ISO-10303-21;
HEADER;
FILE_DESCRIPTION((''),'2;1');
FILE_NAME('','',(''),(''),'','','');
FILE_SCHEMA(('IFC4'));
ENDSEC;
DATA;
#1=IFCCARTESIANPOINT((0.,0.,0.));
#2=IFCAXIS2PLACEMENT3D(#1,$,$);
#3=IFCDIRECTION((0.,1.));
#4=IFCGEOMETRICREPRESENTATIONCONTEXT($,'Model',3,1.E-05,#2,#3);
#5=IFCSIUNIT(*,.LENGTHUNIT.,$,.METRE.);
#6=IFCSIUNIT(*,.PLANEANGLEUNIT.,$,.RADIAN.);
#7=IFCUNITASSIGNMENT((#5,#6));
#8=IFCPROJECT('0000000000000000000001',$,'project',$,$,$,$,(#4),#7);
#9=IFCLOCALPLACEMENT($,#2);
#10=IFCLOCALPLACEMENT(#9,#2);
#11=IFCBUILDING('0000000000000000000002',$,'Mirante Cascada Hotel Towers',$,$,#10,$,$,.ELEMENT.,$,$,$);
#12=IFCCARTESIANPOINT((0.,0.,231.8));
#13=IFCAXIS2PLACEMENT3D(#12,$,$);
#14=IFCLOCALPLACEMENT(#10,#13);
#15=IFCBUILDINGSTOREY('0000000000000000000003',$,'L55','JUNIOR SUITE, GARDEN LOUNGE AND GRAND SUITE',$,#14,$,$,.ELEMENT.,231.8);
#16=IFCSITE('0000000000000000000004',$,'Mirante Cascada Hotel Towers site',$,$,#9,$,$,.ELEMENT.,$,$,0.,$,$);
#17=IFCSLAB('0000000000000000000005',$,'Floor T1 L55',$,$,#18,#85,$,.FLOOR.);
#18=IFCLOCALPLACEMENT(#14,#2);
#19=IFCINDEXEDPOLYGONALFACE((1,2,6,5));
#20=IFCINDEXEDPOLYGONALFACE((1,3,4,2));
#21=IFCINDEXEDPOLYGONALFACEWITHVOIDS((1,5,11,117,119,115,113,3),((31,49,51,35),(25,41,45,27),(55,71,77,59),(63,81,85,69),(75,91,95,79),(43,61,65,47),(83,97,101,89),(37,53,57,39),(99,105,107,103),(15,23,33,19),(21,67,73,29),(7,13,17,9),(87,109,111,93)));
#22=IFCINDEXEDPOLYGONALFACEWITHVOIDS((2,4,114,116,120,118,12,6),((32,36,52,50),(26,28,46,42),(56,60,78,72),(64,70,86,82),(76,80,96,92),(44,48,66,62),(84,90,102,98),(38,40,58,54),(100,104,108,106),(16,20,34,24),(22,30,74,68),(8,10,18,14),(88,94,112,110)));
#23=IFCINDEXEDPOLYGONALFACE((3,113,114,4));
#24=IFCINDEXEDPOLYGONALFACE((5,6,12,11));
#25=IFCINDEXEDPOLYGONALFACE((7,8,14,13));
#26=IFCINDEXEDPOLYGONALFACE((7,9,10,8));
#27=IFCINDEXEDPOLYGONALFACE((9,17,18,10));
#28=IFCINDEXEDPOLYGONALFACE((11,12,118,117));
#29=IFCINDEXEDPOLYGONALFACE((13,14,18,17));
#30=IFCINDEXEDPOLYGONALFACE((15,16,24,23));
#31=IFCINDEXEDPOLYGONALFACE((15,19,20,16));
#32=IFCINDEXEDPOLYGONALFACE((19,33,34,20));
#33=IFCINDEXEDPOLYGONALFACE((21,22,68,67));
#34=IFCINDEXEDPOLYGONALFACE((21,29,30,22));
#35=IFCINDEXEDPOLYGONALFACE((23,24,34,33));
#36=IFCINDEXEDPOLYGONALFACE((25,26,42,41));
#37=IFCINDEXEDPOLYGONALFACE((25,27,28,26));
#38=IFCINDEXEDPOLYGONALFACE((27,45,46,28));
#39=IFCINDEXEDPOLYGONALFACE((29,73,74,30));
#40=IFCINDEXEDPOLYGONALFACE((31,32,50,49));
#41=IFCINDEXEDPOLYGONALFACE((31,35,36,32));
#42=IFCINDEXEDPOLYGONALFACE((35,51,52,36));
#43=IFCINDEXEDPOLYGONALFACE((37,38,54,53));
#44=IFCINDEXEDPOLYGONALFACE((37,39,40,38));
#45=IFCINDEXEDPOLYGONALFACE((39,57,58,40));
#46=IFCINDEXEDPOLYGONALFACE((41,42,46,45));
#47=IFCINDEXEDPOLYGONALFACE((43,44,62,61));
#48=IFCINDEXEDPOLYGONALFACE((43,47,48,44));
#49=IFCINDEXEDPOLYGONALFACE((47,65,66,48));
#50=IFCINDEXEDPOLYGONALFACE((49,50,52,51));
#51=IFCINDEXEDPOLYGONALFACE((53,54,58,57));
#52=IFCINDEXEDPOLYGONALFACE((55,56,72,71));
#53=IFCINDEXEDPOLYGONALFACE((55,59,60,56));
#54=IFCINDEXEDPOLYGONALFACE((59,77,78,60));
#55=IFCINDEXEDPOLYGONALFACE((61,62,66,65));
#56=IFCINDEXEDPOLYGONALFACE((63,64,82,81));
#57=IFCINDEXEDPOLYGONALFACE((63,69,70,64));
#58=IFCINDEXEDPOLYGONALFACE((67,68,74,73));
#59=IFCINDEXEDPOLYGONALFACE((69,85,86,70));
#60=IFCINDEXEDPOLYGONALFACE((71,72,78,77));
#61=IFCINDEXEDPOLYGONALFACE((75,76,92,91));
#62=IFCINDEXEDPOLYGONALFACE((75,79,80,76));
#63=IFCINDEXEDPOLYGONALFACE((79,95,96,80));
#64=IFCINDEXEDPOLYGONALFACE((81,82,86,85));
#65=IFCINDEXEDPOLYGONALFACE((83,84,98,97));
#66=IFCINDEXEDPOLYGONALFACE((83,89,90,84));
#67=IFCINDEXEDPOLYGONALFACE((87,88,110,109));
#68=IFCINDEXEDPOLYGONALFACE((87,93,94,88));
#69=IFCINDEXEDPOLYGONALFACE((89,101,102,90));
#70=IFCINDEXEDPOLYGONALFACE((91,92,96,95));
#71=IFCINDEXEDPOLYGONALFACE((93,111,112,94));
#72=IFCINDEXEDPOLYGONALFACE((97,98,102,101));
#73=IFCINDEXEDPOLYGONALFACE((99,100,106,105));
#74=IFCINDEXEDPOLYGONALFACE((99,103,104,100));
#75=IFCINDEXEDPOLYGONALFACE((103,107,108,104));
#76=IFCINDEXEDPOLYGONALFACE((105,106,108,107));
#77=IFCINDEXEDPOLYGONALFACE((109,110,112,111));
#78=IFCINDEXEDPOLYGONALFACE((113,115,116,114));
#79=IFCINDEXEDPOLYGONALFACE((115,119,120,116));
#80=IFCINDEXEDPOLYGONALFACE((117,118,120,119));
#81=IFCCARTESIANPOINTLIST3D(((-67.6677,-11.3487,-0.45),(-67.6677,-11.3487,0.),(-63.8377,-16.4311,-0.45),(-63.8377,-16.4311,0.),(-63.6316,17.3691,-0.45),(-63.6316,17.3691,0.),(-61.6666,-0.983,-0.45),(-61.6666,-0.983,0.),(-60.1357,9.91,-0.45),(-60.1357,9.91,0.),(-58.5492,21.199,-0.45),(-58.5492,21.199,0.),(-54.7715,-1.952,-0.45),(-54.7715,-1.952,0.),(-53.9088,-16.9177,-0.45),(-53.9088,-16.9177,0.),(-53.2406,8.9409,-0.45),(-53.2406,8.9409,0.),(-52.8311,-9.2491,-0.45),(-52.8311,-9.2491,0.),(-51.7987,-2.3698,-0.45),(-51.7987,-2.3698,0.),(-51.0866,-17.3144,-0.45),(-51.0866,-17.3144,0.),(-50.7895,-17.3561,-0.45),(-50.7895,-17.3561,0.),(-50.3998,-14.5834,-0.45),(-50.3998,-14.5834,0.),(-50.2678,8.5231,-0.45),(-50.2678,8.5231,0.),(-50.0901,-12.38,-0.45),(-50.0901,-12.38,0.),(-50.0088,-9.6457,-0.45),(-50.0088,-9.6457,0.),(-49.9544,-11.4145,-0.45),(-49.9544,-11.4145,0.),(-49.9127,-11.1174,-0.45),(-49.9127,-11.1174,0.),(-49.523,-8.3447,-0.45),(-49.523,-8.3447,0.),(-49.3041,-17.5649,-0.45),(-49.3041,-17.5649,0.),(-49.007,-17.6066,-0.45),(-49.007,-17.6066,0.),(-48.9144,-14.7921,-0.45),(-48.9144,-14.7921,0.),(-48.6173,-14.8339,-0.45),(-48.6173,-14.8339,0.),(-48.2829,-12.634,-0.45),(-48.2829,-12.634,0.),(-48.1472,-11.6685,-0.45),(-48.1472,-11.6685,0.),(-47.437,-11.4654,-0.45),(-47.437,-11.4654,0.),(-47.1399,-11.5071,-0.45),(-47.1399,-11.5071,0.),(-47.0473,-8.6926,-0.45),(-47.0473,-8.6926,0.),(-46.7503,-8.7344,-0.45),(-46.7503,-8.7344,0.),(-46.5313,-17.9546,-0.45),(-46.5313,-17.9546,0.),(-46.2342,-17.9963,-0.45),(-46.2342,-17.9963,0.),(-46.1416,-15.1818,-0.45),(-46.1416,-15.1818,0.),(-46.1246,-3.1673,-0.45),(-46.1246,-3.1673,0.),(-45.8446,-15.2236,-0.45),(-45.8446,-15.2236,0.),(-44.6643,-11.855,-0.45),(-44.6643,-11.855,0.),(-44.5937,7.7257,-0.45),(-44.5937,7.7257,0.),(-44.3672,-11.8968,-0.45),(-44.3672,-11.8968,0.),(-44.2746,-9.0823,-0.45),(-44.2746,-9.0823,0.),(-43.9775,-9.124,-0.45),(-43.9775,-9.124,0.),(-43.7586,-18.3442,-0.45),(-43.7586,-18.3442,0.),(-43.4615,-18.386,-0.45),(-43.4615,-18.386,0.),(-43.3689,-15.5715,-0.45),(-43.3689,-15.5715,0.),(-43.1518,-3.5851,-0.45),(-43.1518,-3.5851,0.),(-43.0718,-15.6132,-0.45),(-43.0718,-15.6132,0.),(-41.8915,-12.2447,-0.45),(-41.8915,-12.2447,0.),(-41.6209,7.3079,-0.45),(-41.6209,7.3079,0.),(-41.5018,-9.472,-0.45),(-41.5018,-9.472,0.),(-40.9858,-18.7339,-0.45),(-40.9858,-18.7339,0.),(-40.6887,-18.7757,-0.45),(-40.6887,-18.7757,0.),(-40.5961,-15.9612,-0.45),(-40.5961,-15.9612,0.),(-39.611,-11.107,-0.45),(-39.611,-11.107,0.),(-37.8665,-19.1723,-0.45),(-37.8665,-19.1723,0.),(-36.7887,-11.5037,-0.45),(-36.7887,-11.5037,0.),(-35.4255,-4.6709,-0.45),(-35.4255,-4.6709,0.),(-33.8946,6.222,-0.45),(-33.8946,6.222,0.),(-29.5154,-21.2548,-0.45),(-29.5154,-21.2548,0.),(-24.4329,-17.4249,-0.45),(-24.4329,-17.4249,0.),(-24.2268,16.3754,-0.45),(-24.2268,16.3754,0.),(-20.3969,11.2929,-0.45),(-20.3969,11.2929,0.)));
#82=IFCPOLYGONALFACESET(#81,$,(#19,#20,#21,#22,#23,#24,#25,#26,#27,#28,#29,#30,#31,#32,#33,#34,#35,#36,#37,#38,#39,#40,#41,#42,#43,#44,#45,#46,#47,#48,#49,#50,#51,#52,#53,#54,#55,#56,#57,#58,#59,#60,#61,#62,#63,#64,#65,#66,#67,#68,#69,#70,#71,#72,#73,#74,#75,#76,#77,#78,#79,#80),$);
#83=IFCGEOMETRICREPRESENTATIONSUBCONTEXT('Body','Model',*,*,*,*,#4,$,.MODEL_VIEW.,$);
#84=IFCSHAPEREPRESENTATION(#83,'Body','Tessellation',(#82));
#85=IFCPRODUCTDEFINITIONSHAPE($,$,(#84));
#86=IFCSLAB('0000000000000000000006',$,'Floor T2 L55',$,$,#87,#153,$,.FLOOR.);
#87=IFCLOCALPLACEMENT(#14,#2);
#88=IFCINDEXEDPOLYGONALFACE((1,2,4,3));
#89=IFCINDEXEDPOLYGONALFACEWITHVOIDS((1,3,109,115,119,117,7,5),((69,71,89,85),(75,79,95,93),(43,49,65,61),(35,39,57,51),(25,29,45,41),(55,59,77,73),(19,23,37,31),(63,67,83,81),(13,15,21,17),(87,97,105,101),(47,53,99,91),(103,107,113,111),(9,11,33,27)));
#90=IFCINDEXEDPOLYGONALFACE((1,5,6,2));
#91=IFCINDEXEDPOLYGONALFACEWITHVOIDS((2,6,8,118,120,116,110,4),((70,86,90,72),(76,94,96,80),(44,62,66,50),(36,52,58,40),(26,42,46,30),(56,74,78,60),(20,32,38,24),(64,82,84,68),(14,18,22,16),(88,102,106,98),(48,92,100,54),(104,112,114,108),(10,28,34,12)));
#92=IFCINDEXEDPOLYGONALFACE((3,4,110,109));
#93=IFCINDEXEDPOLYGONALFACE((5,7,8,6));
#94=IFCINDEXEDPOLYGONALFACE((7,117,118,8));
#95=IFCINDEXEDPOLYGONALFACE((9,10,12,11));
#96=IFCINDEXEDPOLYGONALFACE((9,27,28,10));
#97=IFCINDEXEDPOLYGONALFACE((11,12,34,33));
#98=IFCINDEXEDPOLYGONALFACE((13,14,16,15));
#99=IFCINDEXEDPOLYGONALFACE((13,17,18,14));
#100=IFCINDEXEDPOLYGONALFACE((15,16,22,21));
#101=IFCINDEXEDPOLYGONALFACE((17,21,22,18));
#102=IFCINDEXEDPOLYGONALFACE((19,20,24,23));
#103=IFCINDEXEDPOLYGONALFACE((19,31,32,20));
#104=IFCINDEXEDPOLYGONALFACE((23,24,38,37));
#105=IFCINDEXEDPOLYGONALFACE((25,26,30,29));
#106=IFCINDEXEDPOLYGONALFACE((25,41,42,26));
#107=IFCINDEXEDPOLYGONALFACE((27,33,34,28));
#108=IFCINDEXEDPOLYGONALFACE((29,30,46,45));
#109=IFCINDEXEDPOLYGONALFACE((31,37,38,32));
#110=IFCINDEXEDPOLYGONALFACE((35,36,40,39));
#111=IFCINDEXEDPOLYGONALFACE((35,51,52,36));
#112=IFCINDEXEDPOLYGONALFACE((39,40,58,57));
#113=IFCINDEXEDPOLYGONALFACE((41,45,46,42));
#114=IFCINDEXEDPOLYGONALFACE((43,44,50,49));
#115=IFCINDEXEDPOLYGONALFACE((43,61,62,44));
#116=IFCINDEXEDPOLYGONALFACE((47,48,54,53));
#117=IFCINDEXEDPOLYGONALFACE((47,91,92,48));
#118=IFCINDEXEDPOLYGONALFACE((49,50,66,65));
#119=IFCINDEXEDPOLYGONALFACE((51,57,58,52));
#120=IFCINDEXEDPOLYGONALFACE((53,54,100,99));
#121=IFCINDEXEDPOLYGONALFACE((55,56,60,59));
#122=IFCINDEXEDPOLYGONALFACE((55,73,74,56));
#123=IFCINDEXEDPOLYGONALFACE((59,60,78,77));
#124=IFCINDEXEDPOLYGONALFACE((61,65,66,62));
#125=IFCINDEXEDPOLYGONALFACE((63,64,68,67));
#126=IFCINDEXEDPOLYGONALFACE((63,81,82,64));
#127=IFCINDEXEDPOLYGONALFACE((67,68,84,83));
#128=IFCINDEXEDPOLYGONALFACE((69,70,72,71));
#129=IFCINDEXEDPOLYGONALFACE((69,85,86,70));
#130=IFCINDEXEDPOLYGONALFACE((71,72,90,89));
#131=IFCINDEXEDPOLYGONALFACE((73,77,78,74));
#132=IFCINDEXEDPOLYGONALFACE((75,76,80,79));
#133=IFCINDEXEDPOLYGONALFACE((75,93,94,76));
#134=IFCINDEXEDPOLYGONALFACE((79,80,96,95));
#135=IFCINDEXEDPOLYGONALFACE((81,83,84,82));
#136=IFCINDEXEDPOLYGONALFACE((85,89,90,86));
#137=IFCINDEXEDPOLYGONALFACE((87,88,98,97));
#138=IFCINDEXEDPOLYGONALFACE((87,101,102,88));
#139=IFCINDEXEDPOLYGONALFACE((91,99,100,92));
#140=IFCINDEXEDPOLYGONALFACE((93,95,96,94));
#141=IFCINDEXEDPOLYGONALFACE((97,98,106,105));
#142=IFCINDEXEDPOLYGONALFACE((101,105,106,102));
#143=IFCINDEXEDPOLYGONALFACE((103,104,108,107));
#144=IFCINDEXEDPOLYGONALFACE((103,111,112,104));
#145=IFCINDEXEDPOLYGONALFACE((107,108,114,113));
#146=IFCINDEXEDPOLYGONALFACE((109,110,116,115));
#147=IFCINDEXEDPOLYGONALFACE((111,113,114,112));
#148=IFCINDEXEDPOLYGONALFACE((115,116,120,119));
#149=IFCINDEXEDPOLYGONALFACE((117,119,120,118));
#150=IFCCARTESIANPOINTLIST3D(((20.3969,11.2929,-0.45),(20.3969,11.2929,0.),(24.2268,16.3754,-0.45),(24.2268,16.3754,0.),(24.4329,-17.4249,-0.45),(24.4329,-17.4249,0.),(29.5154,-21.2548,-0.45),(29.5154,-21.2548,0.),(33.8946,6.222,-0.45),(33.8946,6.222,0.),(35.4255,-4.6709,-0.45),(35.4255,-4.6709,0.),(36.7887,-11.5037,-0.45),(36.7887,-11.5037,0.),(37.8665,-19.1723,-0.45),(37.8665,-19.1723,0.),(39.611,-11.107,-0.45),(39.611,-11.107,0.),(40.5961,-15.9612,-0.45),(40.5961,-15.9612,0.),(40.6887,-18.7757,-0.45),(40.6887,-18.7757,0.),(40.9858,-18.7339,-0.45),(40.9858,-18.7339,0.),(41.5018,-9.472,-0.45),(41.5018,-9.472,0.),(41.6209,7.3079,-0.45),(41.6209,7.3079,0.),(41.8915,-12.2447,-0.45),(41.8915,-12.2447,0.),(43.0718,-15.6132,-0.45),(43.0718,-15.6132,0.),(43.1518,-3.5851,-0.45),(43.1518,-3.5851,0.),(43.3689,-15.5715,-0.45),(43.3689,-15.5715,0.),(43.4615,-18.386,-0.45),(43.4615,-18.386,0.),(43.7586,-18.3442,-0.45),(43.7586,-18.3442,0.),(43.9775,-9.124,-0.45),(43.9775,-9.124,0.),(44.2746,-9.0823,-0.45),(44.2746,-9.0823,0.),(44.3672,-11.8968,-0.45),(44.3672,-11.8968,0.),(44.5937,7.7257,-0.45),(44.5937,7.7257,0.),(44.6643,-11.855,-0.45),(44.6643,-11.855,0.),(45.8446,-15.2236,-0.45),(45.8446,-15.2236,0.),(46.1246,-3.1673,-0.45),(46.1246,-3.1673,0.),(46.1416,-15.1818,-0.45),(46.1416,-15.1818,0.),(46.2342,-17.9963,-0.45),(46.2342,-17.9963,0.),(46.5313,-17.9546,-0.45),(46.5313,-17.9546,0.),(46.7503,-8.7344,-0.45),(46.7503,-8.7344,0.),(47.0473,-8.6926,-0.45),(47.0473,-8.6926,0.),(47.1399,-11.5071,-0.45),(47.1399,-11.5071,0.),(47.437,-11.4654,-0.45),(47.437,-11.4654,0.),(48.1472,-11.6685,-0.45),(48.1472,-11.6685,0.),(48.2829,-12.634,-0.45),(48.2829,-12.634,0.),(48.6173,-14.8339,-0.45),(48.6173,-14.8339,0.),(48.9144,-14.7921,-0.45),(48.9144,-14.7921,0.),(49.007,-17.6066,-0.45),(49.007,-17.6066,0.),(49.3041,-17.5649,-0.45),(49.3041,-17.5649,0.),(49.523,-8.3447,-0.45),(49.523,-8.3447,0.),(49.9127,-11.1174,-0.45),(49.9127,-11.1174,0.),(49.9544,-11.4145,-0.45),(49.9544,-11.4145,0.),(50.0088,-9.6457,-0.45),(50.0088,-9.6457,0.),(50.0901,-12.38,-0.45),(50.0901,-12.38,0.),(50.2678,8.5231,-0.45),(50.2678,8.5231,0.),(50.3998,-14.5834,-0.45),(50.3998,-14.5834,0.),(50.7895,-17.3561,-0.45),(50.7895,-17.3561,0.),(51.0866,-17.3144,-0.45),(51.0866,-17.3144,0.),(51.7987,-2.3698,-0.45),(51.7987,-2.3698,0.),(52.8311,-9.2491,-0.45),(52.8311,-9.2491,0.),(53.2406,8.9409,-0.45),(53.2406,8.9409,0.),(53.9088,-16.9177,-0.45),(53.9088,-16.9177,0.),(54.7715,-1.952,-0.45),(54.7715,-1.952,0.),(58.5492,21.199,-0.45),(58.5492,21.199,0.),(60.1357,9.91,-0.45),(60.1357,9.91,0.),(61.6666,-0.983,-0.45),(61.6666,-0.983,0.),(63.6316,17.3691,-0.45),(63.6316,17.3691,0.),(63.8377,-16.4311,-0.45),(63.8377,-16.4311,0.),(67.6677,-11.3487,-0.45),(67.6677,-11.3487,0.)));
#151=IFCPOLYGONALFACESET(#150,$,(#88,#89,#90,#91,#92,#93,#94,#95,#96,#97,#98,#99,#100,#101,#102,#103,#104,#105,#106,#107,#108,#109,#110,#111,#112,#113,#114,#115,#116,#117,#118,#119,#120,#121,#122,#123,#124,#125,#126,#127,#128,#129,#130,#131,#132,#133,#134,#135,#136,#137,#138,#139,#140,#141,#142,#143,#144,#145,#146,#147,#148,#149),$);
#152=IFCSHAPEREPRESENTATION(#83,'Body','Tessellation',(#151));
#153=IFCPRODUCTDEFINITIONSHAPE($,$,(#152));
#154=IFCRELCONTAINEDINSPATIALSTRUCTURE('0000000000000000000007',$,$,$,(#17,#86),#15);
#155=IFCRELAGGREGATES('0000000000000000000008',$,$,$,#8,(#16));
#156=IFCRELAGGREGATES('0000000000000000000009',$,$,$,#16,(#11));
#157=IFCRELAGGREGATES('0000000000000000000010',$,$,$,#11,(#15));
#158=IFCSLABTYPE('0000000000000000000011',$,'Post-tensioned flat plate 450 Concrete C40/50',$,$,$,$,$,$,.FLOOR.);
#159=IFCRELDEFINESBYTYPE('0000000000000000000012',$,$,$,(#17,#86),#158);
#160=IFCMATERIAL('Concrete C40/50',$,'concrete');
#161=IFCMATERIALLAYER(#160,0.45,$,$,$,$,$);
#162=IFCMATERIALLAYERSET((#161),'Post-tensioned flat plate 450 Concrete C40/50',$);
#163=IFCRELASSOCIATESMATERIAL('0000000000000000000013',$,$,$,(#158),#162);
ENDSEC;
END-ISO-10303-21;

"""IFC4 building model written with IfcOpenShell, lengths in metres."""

from ifc_helpers import new_model, si_unit, direction, frame, origin, place, context, subcontext, project, spatial, polyline, outline, extrude, material, layer, layer_set, type_object, element, save


model = new_model("IFC4")

# Units and contexts
model_context = context("Model", 3, precision=1e-05, world=origin(), true_north=direction((0.0, 1.0)))
body_context = subcontext(model_context, "Body", "Model", "MODEL_VIEW")
ifc_project = project(units=[si_unit("LENGTHUNIT", "METRE"), si_unit("PLANEANGLEUNIT", "RADIAN")], contexts=[model_context])

# Site, building, storey
site_placement = place(None, origin())
site = spatial("IfcSite", under=ifc_project, at=site_placement, Name="Mirante Cascada Hotel Towers site", CompositionType="ELEMENT", RefElevation=0.0)
building_placement = place(site_placement, origin())
building = spatial("IfcBuilding", under=site, at=building_placement, Name="Mirante Cascada Hotel Towers", CompositionType="ELEMENT")
storey_placement = place(building_placement, frame((0.0, 0.0, 231.8)))
storey = spatial("IfcBuildingStorey", under=building, at=storey_placement, Name="L55", Description="JUNIOR SUITE, GARDEN LOUNGE AND GRAND SUITE", CompositionType="ELEMENT", Elevation=231.8)

# Slabs
ifc_material_1 = material(Name="Concrete C40/50", Category="concrete")
ifc_layer_1 = layer(ifc_material_1, 0.45)
ifc_layer_set_1 = layer_set([ifc_layer_1], Name="Post-tensioned flat plate 450 Concrete C40/50")
slab_type_1 = type_object("IfcSlabType", Name="Post-tensioned flat plate 450 Concrete C40/50", PredefinedType="FLOOR", material=ifc_layer_set_1)
slab_1_placement = place(storey_placement, frame((0.0, 0.0, -0.45)))
element("IfcSlab", 1, at=slab_1_placement, inside=storey, type_object=slab_type_1, Name="Floor T1 L55", PredefinedType="FLOOR", context=body_context, shape_type="SweptSolid", body=[
    extrude(outline(polyline([(-24.4329, -17.4249), (-20.3969, 11.2929), (-24.2268, 16.3754), (-58.5492, 21.199), (-58.5492, 21.199), (-58.5492, 21.199), (-58.5492, 21.199), (-58.5492, 21.199), (-58.5492, 21.199), (-58.5492, 21.199), (-58.5492, 21.199), (-58.5492, 21.199), (-63.6316, 17.3691), (-67.6677, -11.3487), (-63.8377, -16.4311), (-63.8377, -16.4311), (-63.8377, -16.4311), (-63.8377, -16.4311), (-63.8377, -16.4311), (-63.8377, -16.4311), (-63.8377, -16.4311), (-63.8377, -16.4311), (-63.8377, -16.4311), (-29.5154, -21.2548), (-24.4329, -17.4249)]), holes=[polyline([(-40.5961, -15.9612), (-40.9858, -18.7339), (-43.4615, -18.386), (-43.0718, -15.6132), (-40.5961, -15.9612)]), polyline([(-43.3689, -15.5715), (-43.7586, -18.3442), (-46.2342, -17.9963), (-45.8446, -15.2236), (-43.3689, -15.5715)]), polyline([(-46.1416, -15.1818), (-46.5313, -17.9546), (-49.007, -17.6066), (-48.6173, -14.8339), (-46.1416, -15.1818)]), polyline([(-36.7887, -11.5037), (-37.8665, -19.1723), (-40.6887, -18.7757), (-39.611, -11.107), (-36.7887, -11.5037)]), polyline([(-43.9775, -9.124), (-41.5018, -9.472), (-41.8915, -12.2447), (-44.3672, -11.8968), (-43.9775, -9.124)]), polyline([(-44.2746, -9.0823), (-44.6643, -11.855), (-47.1399, -11.5071), (-46.7503, -8.7344), (-44.2746, -9.0823)]), polyline([(-50.3998, -14.5834), (-48.9144, -14.7921), (-49.3041, -17.5649), (-50.7895, -17.3561), (-50.3998, -14.5834)]), polyline([(-50.0088, -9.6457), (-51.0866, -17.3144), (-53.9088, -16.9177), (-52.8311, -9.2491), (-50.0088, -9.6457)]), polyline([(-48.1472, -11.6685), (-48.2829, -12.634), (-50.0901, -12.38), (-49.9544, -11.4145), (-48.1472, -11.6685)]), polyline([(-49.523, -8.3447), (-47.0473, -8.6926), (-47.437, -11.4654), (-49.9127, -11.1174), (-49.523, -8.3447)]), polyline([(-53.2406, 8.9409), (-54.7715, -1.952), (-54.7715, -1.952), (-61.6666, -0.983), (-60.1357, 9.91), (-53.2406, 8.9409)]), polyline([(-44.5937, 7.7257), (-46.1246, -3.1673), (-51.7987, -2.3698), (-51.7987, -2.3698), (-50.2678, 8.5231), (-44.5937, 7.7257)]), polyline([(-33.8946, 6.222), (-35.4255, -4.6709), (-43.1518, -3.5851), (-41.6209, 7.3079), (-33.8946, 6.222)])]), origin(), (0.0, 0.0, 1.0), 0.45),
])
slab_2_placement = place(storey_placement, frame((0.0, 0.0, -0.45)))
element("IfcSlab", 2, at=slab_2_placement, inside=storey, type_object=slab_type_1, Name="Floor T2 L55", PredefinedType="FLOOR", context=body_context, shape_type="SweptSolid", body=[
    extrude(outline(polyline([(24.4329, -17.4249), (20.3969, 11.2929), (24.2268, 16.3754), (58.5492, 21.199), (58.5492, 21.199), (58.5492, 21.199), (58.5492, 21.199), (58.5492, 21.199), (58.5492, 21.199), (58.5492, 21.199), (58.5492, 21.199), (58.5492, 21.199), (63.6316, 17.3691), (67.6677, -11.3487), (63.8377, -16.4311), (63.8377, -16.4311), (63.8377, -16.4311), (63.8377, -16.4311), (63.8377, -16.4311), (63.8377, -16.4311), (63.8377, -16.4311), (63.8377, -16.4311), (63.8377, -16.4311), (29.5154, -21.2548), (24.4329, -17.4249)]), holes=[polyline([(40.5961, -15.9612), (40.9858, -18.7339), (43.4615, -18.386), (43.0718, -15.6132), (40.5961, -15.9612)]), polyline([(43.3689, -15.5715), (43.7586, -18.3442), (46.2342, -17.9963), (45.8446, -15.2236), (43.3689, -15.5715)]), polyline([(46.1416, -15.1818), (46.5313, -17.9546), (49.007, -17.6066), (48.6173, -14.8339), (46.1416, -15.1818)]), polyline([(37.8665, -19.1723), (40.6887, -18.7757), (39.611, -11.107), (36.7887, -11.5037), (37.8665, -19.1723)]), polyline([(43.9775, -9.124), (41.5018, -9.472), (41.8915, -12.2447), (44.3672, -11.8968), (43.9775, -9.124)]), polyline([(44.2746, -9.0823), (44.6643, -11.855), (47.1399, -11.5071), (46.7503, -8.7344), (44.2746, -9.0823)]), polyline([(50.3998, -14.5834), (48.9144, -14.7921), (49.3041, -17.5649), (50.7895, -17.3561), (50.3998, -14.5834)]), polyline([(51.0866, -17.3144), (53.9088, -16.9177), (52.8311, -9.2491), (50.0088, -9.6457), (51.0866, -17.3144)]), polyline([(48.1472, -11.6685), (48.2829, -12.634), (50.0901, -12.38), (49.9544, -11.4145), (48.1472, -11.6685)]), polyline([(49.523, -8.3447), (47.0473, -8.6926), (47.437, -11.4654), (49.9127, -11.1174), (49.523, -8.3447)]), polyline([(60.1357, 9.91), (61.6666, -0.983), (54.7715, -1.952), (54.7715, -1.952), (53.2406, 8.9409), (60.1357, 9.91)]), polyline([(50.2678, 8.5231), (51.7987, -2.3698), (51.7987, -2.3698), (46.1246, -3.1673), (44.5937, 7.7257), (50.2678, 8.5231)]), polyline([(41.6209, 7.3079), (43.1518, -3.5851), (35.4255, -4.6709), (33.8946, 6.222), (41.6209, 7.3079)])]), origin(), (0.0, 0.0, 1.0), 0.45),
])

save(model, "model.ifc")
